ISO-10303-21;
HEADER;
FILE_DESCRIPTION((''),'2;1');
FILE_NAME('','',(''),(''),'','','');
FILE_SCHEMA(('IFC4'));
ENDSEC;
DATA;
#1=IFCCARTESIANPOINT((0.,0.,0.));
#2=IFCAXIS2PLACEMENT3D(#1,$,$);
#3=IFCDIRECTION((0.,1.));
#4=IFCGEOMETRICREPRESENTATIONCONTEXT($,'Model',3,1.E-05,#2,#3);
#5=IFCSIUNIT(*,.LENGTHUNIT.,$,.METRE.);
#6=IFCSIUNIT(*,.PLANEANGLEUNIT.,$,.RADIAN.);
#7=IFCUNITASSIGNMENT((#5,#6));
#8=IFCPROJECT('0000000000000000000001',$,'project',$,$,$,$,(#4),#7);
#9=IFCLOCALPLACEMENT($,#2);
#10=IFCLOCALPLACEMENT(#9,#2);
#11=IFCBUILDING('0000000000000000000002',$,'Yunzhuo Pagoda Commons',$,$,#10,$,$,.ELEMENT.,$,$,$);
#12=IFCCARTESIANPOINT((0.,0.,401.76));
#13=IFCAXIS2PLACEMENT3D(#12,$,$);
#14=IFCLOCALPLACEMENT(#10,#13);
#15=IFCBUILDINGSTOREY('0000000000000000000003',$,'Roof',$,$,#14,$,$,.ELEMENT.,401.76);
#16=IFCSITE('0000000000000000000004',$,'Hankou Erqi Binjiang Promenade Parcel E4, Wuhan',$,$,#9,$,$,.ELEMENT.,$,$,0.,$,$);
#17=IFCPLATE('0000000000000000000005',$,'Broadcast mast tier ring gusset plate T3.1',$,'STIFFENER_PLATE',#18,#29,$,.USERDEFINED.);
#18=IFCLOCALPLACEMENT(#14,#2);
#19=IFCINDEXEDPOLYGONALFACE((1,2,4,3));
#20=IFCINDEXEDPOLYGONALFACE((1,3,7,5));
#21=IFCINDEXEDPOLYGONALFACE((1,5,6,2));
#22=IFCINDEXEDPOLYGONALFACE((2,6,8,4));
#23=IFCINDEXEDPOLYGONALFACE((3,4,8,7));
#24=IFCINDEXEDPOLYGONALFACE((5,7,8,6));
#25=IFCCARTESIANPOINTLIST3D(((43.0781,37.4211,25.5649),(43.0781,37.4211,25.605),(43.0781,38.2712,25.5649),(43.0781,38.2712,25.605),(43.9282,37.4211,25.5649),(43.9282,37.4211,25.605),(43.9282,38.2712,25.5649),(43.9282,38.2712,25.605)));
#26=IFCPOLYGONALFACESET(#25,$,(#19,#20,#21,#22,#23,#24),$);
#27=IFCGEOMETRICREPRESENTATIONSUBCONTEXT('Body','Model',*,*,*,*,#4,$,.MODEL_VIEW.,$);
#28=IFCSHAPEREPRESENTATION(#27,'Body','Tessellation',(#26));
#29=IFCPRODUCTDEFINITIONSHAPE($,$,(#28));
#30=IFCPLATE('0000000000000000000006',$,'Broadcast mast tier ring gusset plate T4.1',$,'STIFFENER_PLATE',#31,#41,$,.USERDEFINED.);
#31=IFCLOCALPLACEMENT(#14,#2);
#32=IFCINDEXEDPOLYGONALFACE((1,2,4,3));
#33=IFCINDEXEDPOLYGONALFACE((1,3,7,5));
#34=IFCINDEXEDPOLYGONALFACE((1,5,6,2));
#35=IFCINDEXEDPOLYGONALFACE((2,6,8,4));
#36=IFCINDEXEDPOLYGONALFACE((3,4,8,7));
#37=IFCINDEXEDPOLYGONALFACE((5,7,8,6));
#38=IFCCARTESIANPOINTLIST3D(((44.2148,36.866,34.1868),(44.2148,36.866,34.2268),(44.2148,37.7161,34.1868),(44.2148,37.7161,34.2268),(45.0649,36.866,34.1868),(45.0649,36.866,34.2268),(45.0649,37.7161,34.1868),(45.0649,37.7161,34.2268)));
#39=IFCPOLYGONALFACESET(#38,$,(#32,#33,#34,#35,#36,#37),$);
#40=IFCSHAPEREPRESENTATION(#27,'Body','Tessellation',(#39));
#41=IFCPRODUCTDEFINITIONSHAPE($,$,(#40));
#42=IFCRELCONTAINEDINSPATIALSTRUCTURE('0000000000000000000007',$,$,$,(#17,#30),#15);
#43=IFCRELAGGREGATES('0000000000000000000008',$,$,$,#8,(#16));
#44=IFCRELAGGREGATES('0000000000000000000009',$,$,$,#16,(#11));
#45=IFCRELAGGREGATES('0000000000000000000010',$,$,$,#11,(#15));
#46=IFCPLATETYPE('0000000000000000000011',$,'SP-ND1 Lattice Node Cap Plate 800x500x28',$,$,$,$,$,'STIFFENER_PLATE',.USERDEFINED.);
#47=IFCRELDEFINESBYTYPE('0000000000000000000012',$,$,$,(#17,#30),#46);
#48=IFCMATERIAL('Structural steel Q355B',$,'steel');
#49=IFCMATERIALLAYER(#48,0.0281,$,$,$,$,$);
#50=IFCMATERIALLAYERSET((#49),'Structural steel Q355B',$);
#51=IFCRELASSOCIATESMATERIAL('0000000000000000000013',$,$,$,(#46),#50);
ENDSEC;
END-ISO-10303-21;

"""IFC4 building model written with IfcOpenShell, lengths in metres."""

from ifc_helpers import new_model, si_unit, direction, frame, origin, origin_2d, place, context, subcontext, project, spatial, rectangle, extrude, source, transform, mapped, material, layer, layer_set, type_object, element, save


model = new_model("IFC4")

# Units and contexts
model_context = context("Model", 3, precision=1e-05, world=origin(), true_north=direction((0.0, 1.0)))
body_context = subcontext(model_context, "Body", "Model", "MODEL_VIEW")
ifc_project = project(units=[si_unit("LENGTHUNIT", "METRE"), si_unit("PLANEANGLEUNIT", "RADIAN")], contexts=[model_context])

# Site, building, storey
site_placement = place(None, origin())
site = spatial("IfcSite", under=ifc_project, at=site_placement, Name="Hankou Erqi Binjiang Promenade Parcel E4, Wuhan", CompositionType="ELEMENT", RefElevation=0.0)
building_placement = place(site_placement, origin())
building = spatial("IfcBuilding", under=site, at=building_placement, Name="Yunzhuo Pagoda Commons", CompositionType="ELEMENT")
storey_placement = place(building_placement, frame((0.0, 0.0, 401.76)))
storey = spatial("IfcBuildingStorey", under=building, at=storey_placement, Name="Roof", CompositionType="ELEMENT", Elevation=401.76)

# Shared definitions
ifc_material_1 = material(Name="Structural steel Q355B", Category="steel")

# Plates
ifc_layer = layer(ifc_material_1, 0.0281)
ifc_layer_set = layer_set([ifc_layer], Name="Structural steel Q355B")
plate_type = type_object("IfcPlateType", Name="SP-ND1 Lattice Node Cap Plate 800x500x28", ElementType="STIFFENER_PLATE", PredefinedType="USERDEFINED", material=ifc_layer_set)
shared_shape_1 = source(origin(), body_context, "Body", "SweptSolid", [
    extrude(rectangle(XDim=0.8501, YDim=0.8501, at=origin_2d()), origin(), (0.0, 0.0, 1.0), 0.04),
])
for number, where, z_axis, x_axis, name in (
    (1, (43.5032, 37.8462, 25.5649), (0.0, 0.0, 1.0), (1.0, 0.0, 0.0), "Broadcast mast tier ring gusset plate T3.1"),
    (2, (44.6399, 37.291, 34.1868), (0.0, 0.0, 1.0), (1.0, 0.0, 0.0), "Broadcast mast tier ring gusset plate T4.1"),
):
    element("IfcPlate", number, at=place(storey_placement, frame(where, z_axis=z_axis, x_axis=x_axis)), inside=storey, type_object=plate_type, Name=name, ObjectType="STIFFENER_PLATE", PredefinedType="USERDEFINED", context=body_context, shape_type="MappedRepresentation", body=[
        mapped(shared_shape_1, transform((0.0, 0.0, 0.0), scale=1.0)),
    ])

save(model, "model.ifc")
